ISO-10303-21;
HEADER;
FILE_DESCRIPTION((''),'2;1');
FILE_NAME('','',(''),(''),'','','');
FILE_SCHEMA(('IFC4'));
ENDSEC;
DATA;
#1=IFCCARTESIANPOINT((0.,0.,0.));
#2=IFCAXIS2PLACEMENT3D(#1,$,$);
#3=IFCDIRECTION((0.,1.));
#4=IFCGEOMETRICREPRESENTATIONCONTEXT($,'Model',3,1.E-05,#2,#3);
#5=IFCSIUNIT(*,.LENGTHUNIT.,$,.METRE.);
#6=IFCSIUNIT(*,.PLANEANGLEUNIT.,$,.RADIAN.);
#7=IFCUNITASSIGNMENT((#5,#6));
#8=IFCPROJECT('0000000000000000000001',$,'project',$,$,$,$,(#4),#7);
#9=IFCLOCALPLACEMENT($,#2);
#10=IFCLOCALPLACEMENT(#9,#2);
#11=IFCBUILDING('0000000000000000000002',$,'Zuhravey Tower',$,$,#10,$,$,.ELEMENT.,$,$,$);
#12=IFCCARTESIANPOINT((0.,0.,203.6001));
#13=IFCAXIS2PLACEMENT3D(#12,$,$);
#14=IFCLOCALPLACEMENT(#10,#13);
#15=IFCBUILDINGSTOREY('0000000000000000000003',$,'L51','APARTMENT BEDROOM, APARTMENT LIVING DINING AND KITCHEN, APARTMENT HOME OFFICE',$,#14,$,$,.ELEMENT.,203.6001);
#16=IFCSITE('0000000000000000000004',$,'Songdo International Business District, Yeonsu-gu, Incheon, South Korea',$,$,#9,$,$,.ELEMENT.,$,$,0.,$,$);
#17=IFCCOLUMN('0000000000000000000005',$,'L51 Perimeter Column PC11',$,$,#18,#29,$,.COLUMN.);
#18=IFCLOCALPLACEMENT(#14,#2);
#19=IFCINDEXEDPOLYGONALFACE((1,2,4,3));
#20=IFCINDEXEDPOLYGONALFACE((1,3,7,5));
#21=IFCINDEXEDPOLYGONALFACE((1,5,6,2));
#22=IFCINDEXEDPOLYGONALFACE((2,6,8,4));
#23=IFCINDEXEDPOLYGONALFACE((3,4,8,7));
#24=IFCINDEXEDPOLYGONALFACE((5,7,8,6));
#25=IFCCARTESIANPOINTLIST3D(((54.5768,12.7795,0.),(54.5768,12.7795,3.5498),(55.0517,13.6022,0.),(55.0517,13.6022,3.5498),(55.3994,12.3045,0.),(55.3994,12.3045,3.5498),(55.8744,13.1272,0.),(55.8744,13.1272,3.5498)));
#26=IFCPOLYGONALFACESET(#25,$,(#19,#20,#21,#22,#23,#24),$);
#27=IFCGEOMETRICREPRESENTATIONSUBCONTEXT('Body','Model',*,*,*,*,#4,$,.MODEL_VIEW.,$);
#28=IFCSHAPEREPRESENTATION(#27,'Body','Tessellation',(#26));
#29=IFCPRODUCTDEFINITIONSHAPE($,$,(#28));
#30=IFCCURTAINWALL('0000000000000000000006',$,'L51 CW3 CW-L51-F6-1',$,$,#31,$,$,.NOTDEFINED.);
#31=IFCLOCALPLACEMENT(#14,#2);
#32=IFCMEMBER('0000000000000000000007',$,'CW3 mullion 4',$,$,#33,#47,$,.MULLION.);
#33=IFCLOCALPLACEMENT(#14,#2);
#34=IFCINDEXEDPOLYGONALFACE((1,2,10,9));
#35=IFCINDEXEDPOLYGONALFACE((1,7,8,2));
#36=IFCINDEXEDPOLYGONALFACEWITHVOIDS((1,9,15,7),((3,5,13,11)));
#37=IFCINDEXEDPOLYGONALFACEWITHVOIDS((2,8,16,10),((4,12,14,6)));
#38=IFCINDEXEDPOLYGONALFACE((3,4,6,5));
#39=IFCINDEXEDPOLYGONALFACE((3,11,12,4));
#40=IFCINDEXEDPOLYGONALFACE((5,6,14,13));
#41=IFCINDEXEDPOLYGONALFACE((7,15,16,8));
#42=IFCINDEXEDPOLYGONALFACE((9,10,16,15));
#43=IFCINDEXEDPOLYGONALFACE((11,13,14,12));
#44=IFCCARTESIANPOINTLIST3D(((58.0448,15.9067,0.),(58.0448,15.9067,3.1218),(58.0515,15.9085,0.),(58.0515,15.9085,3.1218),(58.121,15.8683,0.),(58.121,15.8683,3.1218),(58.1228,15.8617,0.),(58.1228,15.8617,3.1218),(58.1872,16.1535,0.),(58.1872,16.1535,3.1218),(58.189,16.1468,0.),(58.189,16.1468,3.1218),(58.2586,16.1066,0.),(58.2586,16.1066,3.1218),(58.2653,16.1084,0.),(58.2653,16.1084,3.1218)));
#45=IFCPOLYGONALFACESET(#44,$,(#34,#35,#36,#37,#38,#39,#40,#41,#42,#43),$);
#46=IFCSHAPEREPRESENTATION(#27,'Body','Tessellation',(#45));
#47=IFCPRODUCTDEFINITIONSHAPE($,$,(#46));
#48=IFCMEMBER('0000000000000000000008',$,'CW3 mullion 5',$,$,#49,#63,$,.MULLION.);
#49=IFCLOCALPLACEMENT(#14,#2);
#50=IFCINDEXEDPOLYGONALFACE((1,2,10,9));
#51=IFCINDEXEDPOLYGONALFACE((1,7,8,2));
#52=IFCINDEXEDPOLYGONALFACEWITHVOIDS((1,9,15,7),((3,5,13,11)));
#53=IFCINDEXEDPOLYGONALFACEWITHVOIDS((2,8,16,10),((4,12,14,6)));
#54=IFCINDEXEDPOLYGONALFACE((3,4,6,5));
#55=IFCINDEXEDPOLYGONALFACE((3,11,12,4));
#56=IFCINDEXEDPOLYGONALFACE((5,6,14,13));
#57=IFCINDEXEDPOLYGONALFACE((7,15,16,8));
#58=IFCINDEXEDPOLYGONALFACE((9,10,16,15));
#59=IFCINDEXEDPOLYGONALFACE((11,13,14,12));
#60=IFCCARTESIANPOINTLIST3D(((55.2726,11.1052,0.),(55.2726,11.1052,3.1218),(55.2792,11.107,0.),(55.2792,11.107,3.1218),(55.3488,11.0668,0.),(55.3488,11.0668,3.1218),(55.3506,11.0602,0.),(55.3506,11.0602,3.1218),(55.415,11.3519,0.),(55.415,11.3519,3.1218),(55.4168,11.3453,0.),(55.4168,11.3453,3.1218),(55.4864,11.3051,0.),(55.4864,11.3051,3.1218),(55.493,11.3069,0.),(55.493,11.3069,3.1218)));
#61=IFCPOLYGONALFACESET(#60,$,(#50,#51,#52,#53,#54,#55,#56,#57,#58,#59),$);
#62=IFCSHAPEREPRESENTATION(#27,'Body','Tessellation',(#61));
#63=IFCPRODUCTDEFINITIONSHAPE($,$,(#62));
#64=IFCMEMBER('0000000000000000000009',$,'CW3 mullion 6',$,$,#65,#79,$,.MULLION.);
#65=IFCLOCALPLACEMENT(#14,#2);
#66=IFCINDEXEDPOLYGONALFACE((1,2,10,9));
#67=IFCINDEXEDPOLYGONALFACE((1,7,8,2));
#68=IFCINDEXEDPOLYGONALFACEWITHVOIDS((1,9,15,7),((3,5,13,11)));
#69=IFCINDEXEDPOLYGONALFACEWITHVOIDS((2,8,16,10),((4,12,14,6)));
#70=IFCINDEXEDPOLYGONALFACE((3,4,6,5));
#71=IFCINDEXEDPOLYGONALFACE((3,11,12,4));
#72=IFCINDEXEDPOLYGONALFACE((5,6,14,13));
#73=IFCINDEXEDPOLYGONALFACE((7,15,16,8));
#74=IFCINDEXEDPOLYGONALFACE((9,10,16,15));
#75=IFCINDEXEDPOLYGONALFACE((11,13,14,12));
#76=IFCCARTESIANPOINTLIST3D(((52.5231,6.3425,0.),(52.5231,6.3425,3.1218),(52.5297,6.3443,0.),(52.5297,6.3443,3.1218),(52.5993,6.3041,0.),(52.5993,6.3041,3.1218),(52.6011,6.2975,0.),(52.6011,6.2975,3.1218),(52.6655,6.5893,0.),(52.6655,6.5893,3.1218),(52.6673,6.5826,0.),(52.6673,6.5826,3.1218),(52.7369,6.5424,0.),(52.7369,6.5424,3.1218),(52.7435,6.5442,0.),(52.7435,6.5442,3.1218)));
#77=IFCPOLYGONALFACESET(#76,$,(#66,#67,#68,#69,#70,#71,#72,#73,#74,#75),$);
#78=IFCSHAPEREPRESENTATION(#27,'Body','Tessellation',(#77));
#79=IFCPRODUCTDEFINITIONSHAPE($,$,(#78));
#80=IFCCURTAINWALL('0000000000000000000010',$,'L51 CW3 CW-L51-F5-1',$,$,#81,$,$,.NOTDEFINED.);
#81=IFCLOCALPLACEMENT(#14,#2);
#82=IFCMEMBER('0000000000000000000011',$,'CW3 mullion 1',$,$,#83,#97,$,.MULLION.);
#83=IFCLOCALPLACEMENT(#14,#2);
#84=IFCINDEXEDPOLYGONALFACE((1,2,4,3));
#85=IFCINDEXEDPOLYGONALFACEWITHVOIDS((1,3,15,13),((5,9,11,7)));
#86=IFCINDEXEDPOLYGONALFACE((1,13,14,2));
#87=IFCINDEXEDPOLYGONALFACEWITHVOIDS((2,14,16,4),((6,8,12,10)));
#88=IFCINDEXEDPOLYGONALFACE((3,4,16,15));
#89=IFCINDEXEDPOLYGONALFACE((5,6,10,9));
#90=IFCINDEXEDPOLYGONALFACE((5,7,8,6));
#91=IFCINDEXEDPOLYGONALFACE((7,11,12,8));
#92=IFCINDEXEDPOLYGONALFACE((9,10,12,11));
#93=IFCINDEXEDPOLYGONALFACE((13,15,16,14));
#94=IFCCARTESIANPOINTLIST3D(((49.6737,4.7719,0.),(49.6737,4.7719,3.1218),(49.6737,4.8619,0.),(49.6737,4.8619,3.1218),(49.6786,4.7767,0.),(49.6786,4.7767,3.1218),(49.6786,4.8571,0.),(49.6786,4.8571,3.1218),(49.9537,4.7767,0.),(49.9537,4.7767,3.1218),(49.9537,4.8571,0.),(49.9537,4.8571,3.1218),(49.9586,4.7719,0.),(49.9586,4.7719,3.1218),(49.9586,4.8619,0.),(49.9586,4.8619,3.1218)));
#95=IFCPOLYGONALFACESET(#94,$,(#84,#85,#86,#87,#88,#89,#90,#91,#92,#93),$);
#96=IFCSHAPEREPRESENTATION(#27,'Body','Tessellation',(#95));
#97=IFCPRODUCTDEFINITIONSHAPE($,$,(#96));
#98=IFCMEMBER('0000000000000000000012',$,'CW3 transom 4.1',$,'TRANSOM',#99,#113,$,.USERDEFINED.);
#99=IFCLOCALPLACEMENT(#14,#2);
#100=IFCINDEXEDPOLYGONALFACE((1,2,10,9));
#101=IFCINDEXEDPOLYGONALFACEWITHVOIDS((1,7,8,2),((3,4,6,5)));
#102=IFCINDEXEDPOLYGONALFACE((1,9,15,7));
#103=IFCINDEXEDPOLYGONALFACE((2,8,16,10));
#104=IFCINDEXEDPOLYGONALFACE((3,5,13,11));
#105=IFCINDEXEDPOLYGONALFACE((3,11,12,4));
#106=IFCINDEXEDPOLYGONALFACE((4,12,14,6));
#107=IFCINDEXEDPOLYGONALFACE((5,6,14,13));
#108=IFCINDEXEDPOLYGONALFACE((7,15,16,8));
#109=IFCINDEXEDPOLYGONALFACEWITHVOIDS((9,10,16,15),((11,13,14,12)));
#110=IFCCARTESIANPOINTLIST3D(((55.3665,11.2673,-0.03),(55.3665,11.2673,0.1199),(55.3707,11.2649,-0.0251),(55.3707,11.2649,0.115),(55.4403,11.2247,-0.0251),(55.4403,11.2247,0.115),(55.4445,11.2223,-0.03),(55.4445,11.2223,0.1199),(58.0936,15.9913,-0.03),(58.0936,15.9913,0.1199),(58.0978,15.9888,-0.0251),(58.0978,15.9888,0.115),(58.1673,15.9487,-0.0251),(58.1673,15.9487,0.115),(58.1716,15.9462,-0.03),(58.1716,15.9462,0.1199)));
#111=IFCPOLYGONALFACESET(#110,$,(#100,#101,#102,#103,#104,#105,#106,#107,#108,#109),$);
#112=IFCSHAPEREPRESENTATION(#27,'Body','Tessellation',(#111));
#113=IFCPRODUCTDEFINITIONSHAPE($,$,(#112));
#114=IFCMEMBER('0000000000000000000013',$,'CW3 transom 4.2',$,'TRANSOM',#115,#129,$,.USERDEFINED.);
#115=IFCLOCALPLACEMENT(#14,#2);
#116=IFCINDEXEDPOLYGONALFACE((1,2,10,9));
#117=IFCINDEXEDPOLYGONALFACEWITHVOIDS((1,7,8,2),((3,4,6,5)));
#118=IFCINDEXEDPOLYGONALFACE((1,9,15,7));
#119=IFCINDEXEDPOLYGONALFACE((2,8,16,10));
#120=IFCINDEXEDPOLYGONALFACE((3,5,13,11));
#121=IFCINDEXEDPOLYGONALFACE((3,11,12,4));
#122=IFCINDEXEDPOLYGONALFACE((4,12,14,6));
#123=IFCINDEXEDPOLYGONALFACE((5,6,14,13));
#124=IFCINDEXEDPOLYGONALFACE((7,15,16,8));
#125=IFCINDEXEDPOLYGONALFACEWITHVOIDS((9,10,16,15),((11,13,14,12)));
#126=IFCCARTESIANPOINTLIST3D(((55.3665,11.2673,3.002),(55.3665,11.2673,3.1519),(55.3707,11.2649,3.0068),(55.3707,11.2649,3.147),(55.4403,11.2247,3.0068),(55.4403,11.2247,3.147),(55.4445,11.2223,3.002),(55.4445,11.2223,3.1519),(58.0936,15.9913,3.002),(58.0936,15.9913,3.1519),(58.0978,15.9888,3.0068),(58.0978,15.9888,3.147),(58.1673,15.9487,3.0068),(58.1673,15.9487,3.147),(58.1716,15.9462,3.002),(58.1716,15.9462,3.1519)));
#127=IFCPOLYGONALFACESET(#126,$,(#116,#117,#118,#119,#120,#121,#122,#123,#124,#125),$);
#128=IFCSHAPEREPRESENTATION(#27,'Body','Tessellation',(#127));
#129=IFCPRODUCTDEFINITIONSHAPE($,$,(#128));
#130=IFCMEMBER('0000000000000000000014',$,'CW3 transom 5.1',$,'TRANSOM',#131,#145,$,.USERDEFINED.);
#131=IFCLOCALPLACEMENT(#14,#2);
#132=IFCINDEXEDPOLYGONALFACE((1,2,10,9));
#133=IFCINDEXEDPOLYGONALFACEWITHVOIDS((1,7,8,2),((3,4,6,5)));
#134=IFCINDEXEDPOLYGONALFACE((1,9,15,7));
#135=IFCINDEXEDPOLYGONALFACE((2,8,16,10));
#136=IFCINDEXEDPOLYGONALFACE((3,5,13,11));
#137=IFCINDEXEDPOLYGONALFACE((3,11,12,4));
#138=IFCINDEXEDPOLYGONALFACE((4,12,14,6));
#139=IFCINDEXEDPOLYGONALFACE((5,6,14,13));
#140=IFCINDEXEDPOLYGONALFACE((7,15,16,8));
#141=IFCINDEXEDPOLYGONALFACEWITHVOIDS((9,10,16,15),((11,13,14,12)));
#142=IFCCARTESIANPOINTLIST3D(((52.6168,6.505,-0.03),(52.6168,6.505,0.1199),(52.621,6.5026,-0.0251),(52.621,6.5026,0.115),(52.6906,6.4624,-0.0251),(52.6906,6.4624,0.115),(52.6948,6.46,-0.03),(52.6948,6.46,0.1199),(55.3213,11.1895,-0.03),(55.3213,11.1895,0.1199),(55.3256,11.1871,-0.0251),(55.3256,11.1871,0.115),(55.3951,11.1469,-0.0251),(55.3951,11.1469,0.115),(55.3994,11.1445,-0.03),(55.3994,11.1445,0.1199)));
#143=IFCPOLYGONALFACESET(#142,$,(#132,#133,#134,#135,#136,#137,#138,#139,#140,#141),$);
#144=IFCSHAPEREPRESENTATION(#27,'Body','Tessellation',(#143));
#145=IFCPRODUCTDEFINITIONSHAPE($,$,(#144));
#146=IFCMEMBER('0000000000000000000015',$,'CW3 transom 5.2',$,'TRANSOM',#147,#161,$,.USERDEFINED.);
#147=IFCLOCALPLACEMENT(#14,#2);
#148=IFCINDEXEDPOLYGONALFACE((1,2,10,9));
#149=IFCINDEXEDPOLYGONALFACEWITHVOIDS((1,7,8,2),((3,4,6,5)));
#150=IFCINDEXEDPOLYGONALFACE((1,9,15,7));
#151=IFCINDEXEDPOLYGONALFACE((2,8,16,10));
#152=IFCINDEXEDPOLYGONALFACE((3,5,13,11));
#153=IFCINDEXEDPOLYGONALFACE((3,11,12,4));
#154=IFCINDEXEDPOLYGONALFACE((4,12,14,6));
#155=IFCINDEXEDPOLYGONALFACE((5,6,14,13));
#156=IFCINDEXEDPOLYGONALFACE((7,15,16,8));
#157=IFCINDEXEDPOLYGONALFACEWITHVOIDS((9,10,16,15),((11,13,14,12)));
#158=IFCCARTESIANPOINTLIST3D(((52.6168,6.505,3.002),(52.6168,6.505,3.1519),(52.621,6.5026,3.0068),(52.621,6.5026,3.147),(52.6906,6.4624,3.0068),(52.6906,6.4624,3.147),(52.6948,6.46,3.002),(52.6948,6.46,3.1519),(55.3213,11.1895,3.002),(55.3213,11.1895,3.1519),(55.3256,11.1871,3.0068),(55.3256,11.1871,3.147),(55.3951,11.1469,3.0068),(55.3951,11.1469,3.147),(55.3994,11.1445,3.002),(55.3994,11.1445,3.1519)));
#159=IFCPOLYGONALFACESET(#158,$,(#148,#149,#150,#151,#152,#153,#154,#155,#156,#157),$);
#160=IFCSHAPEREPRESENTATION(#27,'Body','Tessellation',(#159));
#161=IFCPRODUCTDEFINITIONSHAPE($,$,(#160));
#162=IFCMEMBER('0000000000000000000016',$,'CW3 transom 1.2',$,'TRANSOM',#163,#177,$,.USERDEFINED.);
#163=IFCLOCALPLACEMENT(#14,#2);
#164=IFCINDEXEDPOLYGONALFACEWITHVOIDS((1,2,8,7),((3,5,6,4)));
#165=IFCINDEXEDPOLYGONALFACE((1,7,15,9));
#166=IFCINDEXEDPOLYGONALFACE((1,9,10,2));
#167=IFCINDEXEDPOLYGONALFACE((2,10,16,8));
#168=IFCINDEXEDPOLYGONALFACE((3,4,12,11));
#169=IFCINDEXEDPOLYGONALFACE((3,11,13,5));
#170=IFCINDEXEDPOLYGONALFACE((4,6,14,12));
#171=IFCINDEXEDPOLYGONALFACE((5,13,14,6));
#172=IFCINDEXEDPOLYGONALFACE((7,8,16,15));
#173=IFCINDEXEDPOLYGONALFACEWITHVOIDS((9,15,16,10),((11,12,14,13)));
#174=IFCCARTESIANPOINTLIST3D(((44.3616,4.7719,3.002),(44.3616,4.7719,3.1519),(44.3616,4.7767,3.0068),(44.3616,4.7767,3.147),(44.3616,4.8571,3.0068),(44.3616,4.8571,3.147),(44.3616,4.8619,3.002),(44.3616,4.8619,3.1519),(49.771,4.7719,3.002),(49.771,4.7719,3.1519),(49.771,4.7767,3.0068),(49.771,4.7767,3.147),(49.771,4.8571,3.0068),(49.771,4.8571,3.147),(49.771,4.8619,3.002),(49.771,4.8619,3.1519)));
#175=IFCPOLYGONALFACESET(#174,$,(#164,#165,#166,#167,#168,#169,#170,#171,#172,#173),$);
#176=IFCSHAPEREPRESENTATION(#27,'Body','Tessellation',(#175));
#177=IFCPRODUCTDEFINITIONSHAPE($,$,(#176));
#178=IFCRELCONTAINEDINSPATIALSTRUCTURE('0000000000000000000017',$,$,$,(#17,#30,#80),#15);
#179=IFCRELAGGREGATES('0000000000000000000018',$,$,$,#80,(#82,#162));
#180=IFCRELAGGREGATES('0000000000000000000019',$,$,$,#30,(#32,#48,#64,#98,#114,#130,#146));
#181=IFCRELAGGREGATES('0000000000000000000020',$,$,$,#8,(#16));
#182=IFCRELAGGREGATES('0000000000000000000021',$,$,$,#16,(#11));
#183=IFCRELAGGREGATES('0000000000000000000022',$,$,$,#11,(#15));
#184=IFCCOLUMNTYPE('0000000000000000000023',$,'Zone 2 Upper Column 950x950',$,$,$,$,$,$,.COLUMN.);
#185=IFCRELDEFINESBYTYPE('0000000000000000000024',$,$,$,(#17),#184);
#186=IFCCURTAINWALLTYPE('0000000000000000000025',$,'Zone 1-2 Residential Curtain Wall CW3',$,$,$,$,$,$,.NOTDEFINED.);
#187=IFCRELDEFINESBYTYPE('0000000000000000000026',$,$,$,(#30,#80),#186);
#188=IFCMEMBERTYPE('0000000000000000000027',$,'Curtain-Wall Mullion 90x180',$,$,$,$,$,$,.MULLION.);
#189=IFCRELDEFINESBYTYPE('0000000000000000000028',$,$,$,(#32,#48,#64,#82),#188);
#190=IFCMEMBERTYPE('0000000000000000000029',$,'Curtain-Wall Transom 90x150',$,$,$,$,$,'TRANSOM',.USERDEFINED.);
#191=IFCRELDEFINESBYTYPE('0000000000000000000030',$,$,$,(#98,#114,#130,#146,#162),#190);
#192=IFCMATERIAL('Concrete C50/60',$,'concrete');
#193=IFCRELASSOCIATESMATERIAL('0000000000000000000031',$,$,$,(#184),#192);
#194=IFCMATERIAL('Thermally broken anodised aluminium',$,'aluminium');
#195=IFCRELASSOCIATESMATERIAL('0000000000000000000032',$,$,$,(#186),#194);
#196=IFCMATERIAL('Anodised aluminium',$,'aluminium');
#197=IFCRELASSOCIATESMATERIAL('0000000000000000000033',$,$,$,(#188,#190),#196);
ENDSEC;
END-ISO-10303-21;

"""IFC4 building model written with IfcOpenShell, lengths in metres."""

from ifc_helpers import new_model, si_unit, direction, frame, origin, origin_2d, place, context, subcontext, project, spatial, rectangle, hollow_rectangle, extrude, material, material_profile, profile_set, type_object, element, aggregate, save


model = new_model("IFC4")

# Units and contexts
model_context = context("Model", 3, precision=1e-05, world=origin(), true_north=direction((0.0, 1.0)))
body_context = subcontext(model_context, "Body", "Model", "MODEL_VIEW")
ifc_project = project(units=[si_unit("LENGTHUNIT", "METRE"), si_unit("PLANEANGLEUNIT", "RADIAN")], contexts=[model_context])

# Site, building, storey
site_placement = place(None, origin())
site = spatial("IfcSite", under=ifc_project, at=site_placement, Name="Songdo International Business District, Yeonsu-gu, Incheon, South Korea", CompositionType="ELEMENT", RefElevation=0.0)
building_placement = place(site_placement, origin())
building = spatial("IfcBuilding", under=site, at=building_placement, Name="Zuhravey Tower", CompositionType="ELEMENT")
storey_placement = place(building_placement, frame((0.0, 0.0, 203.6001)))
storey = spatial("IfcBuildingStorey", under=building, at=storey_placement, Name="L51", Description="APARTMENT BEDROOM, APARTMENT LIVING DINING AND KITCHEN, APARTMENT HOME OFFICE", CompositionType="ELEMENT", Elevation=203.6001)

# Column
ifc_material_1 = material(Name="Concrete C50/60", Category="concrete")
ifc_material_profile_1 = material_profile(ifc_material_1, rectangle(XDim=0.95, YDim=0.95, at=origin_2d()), Name="RC-950x950")
ifc_profile_set_1 = profile_set([ifc_material_profile_1], Name="Concrete C50/60")
column_type = type_object("IfcColumnType", Name="Zone 2 Upper Column 950x950", PredefinedType="COLUMN", material=ifc_profile_set_1)
column_placement = place(storey_placement, frame((55.2256, 12.9534, 0.0), z_axis=(0.0, 0.0, 1.0), x_axis=(0.5, 0.866025, 0.0)))
element("IfcColumn", 1, at=column_placement, inside=storey, type_object=column_type, Name="L51 Perimeter Column PC11", PredefinedType="COLUMN", context=body_context, shape_type="SweptSolid", body=[
    extrude(rectangle(XDim=0.95, YDim=0.95, at=origin_2d()), origin(), (0.0, 0.0, 1.0), 3.5498),
])

# Curtain wall, members
ifc_material_2 = material(Name="Thermally broken anodised aluminium", Category="aluminium")
curtain_wall_type = type_object("IfcCurtainWallType", Name="Zone 1-2 Residential Curtain Wall CW3", PredefinedType="NOTDEFINED", material=ifc_material_2)
curtain_wall_1_placement = place(storey_placement, origin())
curtain_wall_1 = element("IfcCurtainWall", 2, at=curtain_wall_1_placement, inside=storey, type_object=curtain_wall_type, Name="L51 CW3 CW-L51-F6-1", PredefinedType="NOTDEFINED")
ifc_material_3 = material(Name="Anodised aluminium", Category="aluminium")
ifc_material_profile_2 = material_profile(ifc_material_3, hollow_rectangle(XDim=0.0901, YDim=0.2849, WallThickness=0.0049, at=origin_2d()), Name="ALU-RHS-90x285x5")
ifc_profile_set_2 = profile_set([ifc_material_profile_2], Name="Anodised aluminium")
member_type_1 = type_object("IfcMemberType", Name="Curtain-Wall Mullion 90x180", PredefinedType="MULLION", material=ifc_profile_set_2)
member_1_placement = place(storey_placement, frame((58.155, 16.0076, 0.0), z_axis=(0.0, 0.0, 1.0), x_axis=(0.866025, -0.5, 0.0)))
member_1 = element("IfcMember", 3, at=member_1_placement, type_object=member_type_1, Name="CW3 mullion 4", PredefinedType="MULLION", context=body_context, shape_type="SweptSolid", body=[
    extrude(hollow_rectangle(XDim=0.0901, YDim=0.2849, WallThickness=0.0049, at=origin_2d()), origin(), (0.0, 0.0, 1.0), 3.1218),
])
member_2_placement = place(storey_placement, frame((55.3828, 11.2061, 0.0), z_axis=(0.0, 0.0, 1.0), x_axis=(0.866025, -0.5, 0.0)))
member_2 = element("IfcMember", 4, at=member_2_placement, type_object=member_type_1, Name="CW3 mullion 5", PredefinedType="MULLION", context=body_context, shape_type="SweptSolid", body=[
    extrude(hollow_rectangle(XDim=0.0901, YDim=0.2849, WallThickness=0.0049, at=origin_2d()), origin(), (0.0, 0.0, 1.0), 3.1218),
])
member_3_placement = place(storey_placement, frame((52.6333, 6.4434, 0.0), z_axis=(0.0, 0.0, 1.0), x_axis=(0.866025, -0.5, 0.0)))
member_3 = element("IfcMember", 5, at=member_3_placement, type_object=member_type_1, Name="CW3 mullion 6", PredefinedType="MULLION", context=body_context, shape_type="SweptSolid", body=[
    extrude(hollow_rectangle(XDim=0.0901, YDim=0.2849, WallThickness=0.0049, at=origin_2d()), origin(), (0.0, 0.0, 1.0), 3.1218),
])

# Curtain wall, member
curtain_wall_2_placement = place(storey_placement, origin())
curtain_wall_2 = element("IfcCurtainWall", 6, at=curtain_wall_2_placement, inside=storey, type_object=curtain_wall_type, Name="L51 CW3 CW-L51-F5-1", PredefinedType="NOTDEFINED")
member_4_placement = place(storey_placement, frame((49.8162, 4.8169, 0.0), z_axis=(0.0, 0.0, 1.0), x_axis=(0.0, -1.0, 0.0)))
member_4 = element("IfcMember", 7, at=member_4_placement, type_object=member_type_1, Name="CW3 mullion 1", PredefinedType="MULLION", context=body_context, shape_type="SweptSolid", body=[
    extrude(hollow_rectangle(XDim=0.0901, YDim=0.2849, WallThickness=0.0049, at=origin_2d()), origin(), (0.0, 0.0, 1.0), 3.1218),
])

# Members
ifc_material_profile_3 = material_profile(ifc_material_3, hollow_rectangle(XDim=0.0901, YDim=0.1499, WallThickness=0.0049, at=origin_2d()), Name="ALU-RHS-90x150x5")
ifc_profile_set_3 = profile_set([ifc_material_profile_3], Name="Anodised aluminium")
member_type_2 = type_object("IfcMemberType", Name="Curtain-Wall Transom 90x150", ElementType="TRANSOM", PredefinedType="USERDEFINED", material=ifc_profile_set_3)
member_5_placement = place(storey_placement, frame((58.1326, 15.9688, 0.0449), z_axis=(-0.499961, -0.866048, 0.0), x_axis=(0.866048, -0.499961, 0.0)))
member_5 = element("IfcMember", 8, at=member_5_placement, type_object=member_type_2, Name="CW3 transom 4.1", ObjectType="TRANSOM", PredefinedType="USERDEFINED", context=body_context, shape_type="SweptSolid", body=[
    extrude(hollow_rectangle(XDim=0.0901, YDim=0.1499, WallThickness=0.0049, at=origin_2d()), origin(), (0.0, 0.0, 1.0), 5.4546),
])
member_6_placement = place(storey_placement, frame((58.1326, 15.9688, 3.0769), z_axis=(-0.499961, -0.866048, 0.0), x_axis=(0.866048, -0.499961, 0.0)))
member_6 = element("IfcMember", 9, at=member_6_placement, type_object=member_type_2, Name="CW3 transom 4.2", ObjectType="TRANSOM", PredefinedType="USERDEFINED", context=body_context, shape_type="SweptSolid", body=[
    extrude(hollow_rectangle(XDim=0.0901, YDim=0.1499, WallThickness=0.0049, at=origin_2d()), origin(), (0.0, 0.0, 1.0), 5.4546),
])
member_7_placement = place(storey_placement, frame((55.3604, 11.167, 0.0449), z_axis=(-0.499993, -0.866029, 0.0), x_axis=(0.866029, -0.499993, 0.0)))
member_7 = element("IfcMember", 10, at=member_7_placement, type_object=member_type_2, Name="CW3 transom 5.1", ObjectType="TRANSOM", PredefinedType="USERDEFINED", context=body_context, shape_type="SweptSolid", body=[
    extrude(hollow_rectangle(XDim=0.0901, YDim=0.1499, WallThickness=0.0049, at=origin_2d()), origin(), (0.0, 0.0, 1.0), 5.4092),
])
member_8_placement = place(storey_placement, frame((55.3604, 11.167, 3.0769), z_axis=(-0.499993, -0.866029, 0.0), x_axis=(0.866029, -0.499993, 0.0)))
member_8 = element("IfcMember", 11, at=member_8_placement, type_object=member_type_2, Name="CW3 transom 5.2", ObjectType="TRANSOM", PredefinedType="USERDEFINED", context=body_context, shape_type="SweptSolid", body=[
    extrude(hollow_rectangle(XDim=0.0901, YDim=0.1499, WallThickness=0.0049, at=origin_2d()), origin(), (0.0, 0.0, 1.0), 5.4092),
])
member_9_placement = place(storey_placement, frame((49.771, 4.8169, 3.0769), z_axis=(-1.0, 0.0, 0.0), x_axis=(0.0, -1.0, 0.0)))
member_9 = element("IfcMember", 12, at=member_9_placement, type_object=member_type_2, Name="CW3 transom 1.2", ObjectType="TRANSOM", PredefinedType="USERDEFINED", context=body_context, shape_type="SweptSolid", body=[
    extrude(hollow_rectangle(XDim=0.0901, YDim=0.1499, WallThickness=0.0049, at=origin_2d()), origin(), (0.0, 0.0, 1.0), 5.4094),
])
aggregate(curtain_wall_2, [member_4, member_9])

aggregate(curtain_wall_1, [member_1, member_2, member_3, member_5, member_6, member_7, member_8])

save(model, "model.ifc")
